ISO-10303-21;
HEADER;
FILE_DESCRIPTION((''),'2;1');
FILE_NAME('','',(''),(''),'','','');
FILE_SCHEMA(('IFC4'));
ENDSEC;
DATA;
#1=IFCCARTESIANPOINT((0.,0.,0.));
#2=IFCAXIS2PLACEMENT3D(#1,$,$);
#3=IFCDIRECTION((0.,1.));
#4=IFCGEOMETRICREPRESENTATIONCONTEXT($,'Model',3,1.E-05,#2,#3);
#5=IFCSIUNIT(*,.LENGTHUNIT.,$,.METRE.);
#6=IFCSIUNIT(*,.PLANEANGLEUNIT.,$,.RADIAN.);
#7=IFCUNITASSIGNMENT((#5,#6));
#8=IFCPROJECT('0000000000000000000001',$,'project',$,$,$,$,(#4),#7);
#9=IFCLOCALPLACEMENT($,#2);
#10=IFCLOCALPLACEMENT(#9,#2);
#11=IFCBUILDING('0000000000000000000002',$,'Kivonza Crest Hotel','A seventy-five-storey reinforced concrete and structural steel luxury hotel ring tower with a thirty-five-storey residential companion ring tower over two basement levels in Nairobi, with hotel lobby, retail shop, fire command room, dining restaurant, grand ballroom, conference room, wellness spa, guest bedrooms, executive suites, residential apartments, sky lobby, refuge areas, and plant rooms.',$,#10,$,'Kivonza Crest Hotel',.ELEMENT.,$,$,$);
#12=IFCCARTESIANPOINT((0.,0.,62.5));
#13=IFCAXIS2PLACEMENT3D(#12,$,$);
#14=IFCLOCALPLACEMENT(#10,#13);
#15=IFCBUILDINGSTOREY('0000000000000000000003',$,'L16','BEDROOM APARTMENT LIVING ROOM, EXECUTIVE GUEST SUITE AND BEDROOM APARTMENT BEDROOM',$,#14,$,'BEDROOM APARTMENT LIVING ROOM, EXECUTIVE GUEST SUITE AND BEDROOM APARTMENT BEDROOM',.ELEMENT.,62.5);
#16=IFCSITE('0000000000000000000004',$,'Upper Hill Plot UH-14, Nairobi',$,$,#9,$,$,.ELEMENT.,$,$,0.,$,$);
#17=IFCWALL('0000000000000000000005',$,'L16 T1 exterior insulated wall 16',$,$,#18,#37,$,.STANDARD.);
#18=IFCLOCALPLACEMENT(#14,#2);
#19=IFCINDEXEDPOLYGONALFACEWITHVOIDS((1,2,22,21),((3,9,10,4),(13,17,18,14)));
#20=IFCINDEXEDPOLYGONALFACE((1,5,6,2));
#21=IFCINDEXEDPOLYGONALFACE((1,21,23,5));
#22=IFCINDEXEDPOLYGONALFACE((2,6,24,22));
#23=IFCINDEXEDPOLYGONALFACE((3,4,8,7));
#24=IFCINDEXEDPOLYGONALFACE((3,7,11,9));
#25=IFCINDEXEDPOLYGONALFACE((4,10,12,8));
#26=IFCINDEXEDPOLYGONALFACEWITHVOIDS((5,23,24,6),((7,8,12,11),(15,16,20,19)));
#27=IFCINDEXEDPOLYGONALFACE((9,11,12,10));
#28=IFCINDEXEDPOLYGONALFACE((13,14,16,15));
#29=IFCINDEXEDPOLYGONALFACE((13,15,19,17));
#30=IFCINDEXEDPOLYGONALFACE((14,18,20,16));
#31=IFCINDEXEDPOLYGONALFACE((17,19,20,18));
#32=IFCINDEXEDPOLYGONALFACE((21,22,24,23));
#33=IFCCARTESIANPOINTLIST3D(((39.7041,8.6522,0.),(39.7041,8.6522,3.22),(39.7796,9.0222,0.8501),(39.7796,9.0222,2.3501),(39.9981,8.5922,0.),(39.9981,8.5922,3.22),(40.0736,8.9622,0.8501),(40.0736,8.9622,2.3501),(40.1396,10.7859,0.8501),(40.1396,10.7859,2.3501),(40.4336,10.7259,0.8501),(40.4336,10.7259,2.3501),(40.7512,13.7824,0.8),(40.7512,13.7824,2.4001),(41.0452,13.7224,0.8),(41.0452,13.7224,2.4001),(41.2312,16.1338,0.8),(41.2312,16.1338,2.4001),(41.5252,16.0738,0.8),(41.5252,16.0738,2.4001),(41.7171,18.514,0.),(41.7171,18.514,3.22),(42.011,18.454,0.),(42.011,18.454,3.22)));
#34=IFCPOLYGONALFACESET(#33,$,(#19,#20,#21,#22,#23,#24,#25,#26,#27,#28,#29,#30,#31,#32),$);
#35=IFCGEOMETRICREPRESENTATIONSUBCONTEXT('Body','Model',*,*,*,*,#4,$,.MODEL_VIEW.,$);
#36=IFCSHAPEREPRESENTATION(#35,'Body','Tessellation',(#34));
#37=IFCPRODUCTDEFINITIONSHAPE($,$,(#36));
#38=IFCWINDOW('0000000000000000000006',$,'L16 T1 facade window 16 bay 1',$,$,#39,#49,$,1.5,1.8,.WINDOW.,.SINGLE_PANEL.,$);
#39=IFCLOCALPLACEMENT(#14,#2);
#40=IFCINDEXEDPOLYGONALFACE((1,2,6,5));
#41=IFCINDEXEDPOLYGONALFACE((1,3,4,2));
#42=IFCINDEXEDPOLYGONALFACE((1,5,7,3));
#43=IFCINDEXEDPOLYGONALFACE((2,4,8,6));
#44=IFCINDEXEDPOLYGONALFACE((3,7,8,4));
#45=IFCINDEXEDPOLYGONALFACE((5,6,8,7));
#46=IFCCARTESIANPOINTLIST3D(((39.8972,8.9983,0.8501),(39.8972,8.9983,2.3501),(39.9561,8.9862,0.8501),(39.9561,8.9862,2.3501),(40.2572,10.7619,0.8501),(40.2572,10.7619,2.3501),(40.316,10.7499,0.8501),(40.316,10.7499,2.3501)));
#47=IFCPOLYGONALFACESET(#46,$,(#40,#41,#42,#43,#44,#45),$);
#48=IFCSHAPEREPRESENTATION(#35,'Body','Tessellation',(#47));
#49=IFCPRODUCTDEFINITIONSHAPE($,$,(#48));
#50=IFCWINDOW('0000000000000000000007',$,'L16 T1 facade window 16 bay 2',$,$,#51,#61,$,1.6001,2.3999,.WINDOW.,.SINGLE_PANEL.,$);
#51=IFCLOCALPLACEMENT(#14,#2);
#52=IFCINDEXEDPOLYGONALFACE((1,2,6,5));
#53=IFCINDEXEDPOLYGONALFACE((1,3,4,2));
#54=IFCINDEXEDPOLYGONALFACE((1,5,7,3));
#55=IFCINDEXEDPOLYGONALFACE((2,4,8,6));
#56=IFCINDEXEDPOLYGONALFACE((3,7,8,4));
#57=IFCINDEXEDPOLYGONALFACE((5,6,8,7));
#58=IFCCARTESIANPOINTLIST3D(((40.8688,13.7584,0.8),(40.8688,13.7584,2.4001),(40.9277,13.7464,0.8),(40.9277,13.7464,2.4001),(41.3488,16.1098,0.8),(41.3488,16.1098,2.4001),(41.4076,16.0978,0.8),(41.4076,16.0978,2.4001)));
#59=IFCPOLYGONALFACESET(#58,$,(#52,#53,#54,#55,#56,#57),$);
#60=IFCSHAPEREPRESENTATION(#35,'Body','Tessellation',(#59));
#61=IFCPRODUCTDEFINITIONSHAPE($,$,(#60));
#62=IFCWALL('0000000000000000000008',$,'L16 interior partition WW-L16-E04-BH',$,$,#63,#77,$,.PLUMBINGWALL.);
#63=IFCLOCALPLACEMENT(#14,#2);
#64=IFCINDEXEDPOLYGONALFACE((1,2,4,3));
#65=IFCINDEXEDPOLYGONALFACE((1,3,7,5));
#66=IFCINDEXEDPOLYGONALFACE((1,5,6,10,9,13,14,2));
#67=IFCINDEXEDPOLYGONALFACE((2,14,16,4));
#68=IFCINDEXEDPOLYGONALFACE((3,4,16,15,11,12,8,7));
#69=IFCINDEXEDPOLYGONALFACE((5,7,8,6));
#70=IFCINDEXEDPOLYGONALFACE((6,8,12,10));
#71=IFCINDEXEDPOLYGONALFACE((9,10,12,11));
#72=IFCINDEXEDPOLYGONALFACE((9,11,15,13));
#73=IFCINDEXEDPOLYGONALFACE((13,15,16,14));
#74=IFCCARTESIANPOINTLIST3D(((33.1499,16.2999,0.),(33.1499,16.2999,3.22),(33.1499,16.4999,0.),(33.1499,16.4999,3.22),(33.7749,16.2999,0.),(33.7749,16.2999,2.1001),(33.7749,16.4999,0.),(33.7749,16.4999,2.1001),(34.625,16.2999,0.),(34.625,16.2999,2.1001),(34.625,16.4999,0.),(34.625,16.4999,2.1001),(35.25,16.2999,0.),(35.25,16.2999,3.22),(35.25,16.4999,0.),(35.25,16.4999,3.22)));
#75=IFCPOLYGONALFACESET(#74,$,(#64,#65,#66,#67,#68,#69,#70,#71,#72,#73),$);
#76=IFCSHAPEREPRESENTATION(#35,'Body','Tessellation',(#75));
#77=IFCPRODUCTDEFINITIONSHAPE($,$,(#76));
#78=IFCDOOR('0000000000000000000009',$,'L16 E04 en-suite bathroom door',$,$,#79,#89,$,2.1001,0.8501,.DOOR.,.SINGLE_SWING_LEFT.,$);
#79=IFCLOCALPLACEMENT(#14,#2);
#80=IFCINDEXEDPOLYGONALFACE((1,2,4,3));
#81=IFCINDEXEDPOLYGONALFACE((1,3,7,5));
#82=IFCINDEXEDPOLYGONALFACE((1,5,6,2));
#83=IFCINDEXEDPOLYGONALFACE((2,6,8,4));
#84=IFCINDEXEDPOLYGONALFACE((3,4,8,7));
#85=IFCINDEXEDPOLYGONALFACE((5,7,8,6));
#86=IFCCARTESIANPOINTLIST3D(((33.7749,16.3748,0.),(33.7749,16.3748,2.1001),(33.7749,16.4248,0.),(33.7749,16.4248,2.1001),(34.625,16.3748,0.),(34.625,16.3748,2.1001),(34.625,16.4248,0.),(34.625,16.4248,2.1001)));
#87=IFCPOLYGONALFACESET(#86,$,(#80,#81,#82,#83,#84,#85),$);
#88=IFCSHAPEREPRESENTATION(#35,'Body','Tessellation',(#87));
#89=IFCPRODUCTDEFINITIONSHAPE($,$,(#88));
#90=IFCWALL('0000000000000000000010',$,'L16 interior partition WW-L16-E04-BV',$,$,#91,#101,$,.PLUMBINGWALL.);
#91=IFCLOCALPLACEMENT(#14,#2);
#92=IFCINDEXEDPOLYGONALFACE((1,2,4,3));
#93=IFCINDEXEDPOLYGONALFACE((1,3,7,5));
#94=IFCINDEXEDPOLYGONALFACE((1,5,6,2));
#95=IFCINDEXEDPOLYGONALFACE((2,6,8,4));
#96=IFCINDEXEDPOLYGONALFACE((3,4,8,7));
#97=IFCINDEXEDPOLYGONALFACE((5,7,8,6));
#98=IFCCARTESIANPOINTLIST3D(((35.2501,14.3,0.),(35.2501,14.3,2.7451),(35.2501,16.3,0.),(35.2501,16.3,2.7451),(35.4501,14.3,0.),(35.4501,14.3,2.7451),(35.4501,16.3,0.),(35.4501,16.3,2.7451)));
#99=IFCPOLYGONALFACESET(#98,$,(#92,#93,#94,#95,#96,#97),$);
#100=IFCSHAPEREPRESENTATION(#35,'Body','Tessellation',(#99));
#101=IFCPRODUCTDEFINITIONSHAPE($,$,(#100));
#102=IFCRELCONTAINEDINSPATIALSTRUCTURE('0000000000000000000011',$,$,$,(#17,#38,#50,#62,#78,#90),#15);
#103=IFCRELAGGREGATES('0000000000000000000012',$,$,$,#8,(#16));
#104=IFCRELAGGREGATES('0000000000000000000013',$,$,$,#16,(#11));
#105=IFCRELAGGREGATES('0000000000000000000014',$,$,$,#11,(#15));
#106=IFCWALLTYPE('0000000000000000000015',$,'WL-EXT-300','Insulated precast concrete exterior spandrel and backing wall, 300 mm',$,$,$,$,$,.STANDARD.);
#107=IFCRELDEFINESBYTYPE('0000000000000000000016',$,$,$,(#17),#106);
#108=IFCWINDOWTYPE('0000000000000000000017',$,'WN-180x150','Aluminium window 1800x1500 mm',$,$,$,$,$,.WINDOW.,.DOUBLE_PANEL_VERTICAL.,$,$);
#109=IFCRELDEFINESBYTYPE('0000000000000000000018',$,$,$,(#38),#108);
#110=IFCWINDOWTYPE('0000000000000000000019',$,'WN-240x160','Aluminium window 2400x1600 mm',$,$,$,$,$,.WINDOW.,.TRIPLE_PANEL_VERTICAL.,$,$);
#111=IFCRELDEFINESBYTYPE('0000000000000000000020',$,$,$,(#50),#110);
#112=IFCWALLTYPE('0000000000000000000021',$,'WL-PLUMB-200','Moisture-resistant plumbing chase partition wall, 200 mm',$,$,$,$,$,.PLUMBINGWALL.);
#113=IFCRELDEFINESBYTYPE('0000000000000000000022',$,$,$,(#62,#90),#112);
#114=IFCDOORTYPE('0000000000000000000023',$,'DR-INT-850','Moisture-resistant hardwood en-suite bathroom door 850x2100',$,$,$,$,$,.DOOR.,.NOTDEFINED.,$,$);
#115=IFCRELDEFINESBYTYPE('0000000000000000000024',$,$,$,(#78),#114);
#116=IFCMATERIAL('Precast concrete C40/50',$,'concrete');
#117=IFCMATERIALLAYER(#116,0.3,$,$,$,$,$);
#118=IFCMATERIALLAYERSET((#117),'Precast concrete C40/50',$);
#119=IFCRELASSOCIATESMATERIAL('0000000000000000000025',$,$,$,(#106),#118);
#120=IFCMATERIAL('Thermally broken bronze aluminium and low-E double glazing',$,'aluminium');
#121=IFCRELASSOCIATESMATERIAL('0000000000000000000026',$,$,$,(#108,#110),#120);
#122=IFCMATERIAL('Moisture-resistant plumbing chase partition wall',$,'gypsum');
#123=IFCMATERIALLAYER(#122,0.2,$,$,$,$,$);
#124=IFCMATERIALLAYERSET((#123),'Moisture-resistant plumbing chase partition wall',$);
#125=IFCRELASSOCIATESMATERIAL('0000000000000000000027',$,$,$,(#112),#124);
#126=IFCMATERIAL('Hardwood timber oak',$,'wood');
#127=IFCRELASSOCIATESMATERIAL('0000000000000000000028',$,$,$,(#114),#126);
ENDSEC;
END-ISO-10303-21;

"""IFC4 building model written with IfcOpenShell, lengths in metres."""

from ifc_helpers import new_model, si_unit, direction, frame, frame_2d, origin, place, context, subcontext, project, spatial, rectangle, extrude, material, layer, layer_set, type_object, element, fill, save


model = new_model("IFC4")

# Units and contexts
model_context = context("Model", 3, precision=1e-05, world=origin(), true_north=direction((0.0, 1.0)))
body_context = subcontext(model_context, "Body", "Model", "MODEL_VIEW")
ifc_project = project(units=[si_unit("LENGTHUNIT", "METRE"), si_unit("PLANEANGLEUNIT", "RADIAN")], contexts=[model_context])

# Site, building, storey
site_placement = place(None, origin())
site = spatial("IfcSite", under=ifc_project, at=site_placement, Name="Upper Hill Plot UH-14, Nairobi", CompositionType="ELEMENT", RefElevation=0.0)
building_placement = place(site_placement, origin())
building = spatial("IfcBuilding", under=site, at=building_placement, Name="Kivonza Crest Hotel", Description="A seventy-five-storey reinforced concrete and structural steel luxury hotel ring tower with a thirty-five-storey residential companion ring tower over two basement levels in Nairobi, with hotel lobby, retail shop, fire command room, dining restaurant, grand ballroom, conference room, wellness spa, guest bedrooms, executive suites, residential apartments, sky lobby, refuge areas, and plant rooms.", LongName="Kivonza Crest Hotel", CompositionType="ELEMENT")
storey_placement = place(building_placement, frame((0.0, 0.0, 62.5)))
storey = spatial("IfcBuildingStorey", under=building, at=storey_placement, Name="L16", Description="BEDROOM APARTMENT LIVING ROOM, EXECUTIVE GUEST SUITE AND BEDROOM APARTMENT BEDROOM", LongName="BEDROOM APARTMENT LIVING ROOM, EXECUTIVE GUEST SUITE AND BEDROOM APARTMENT BEDROOM", CompositionType="ELEMENT", Elevation=62.5)

# Shared definitions
ifc_material_1 = material(Name="Hardwood timber oak", Category="wood")

# Shared definitions
ifc_material_2 = material(Name="Precast concrete C40/50", Category="concrete")
ifc_layer_1 = layer(ifc_material_2, 0.3)
ifc_layer_set_1 = layer_set([ifc_layer_1], Name="Precast concrete C40/50")
wall_type_1 = type_object("IfcWallType", Name="WL-EXT-300", Description="Insulated precast concrete exterior spandrel and backing wall, 300 mm", PredefinedType="STANDARD", material=ifc_layer_set_1)

# Wall, openings, windows
wall_1_placement = place(storey_placement, frame((39.8511, 8.6221, 0.0), z_axis=(0.0, 0.0, 1.0), x_axis=(0.199991, 0.979798, 0.0)))
wall_1 = element("IfcWall", 1, at=wall_1_placement, inside=storey, type_object=wall_type_1, Name="L16 T1 exterior insulated wall 16", PredefinedType="STANDARD", context=body_context, shape_type="SweptSolid", body=[
    extrude(rectangle(XDim=10.0652, YDim=0.3, at=frame_2d((5.0327, 0.0))), origin(), (0.0, 0.0, 1.0), 3.22),
])
opening_1_placement = place(wall_1_placement, frame((0.3779, 0.0, 0.8501)))
opening_1 = element("IfcOpeningElement", 2, at=opening_1_placement, cuts=wall_1, PredefinedType="OPENING", context=body_context, shape_type="SweptSolid", body=[
    extrude(rectangle(XDim=1.8, YDim=1.5, at=frame_2d((0.8999, 0.75))), frame((0.0, 0.1602, 0.0), z_axis=(0.0, -1.0, 0.0), x_axis=(1.0, 0.0, 0.0)), (0.0, 0.0, 1.0), 0.3201),
])
opening_2_placement = place(wall_1_placement, frame((5.2361, 0.0, 0.8)))
opening_2 = element("IfcOpeningElement", 3, at=opening_2_placement, cuts=wall_1, PredefinedType="OPENING", context=body_context, shape_type="SweptSolid", body=[
    extrude(rectangle(XDim=2.3999, YDim=1.6001, at=frame_2d((1.2, 0.8))), frame((0.0, 0.1602, 0.0), z_axis=(0.0, -1.0, 0.0), x_axis=(1.0, 0.0, 0.0)), (0.0, 0.0, 1.0), 0.3201),
])
ifc_material_3 = material(Name="Thermally broken bronze aluminium and low-E double glazing", Category="aluminium")
window_type_1 = type_object("IfcWindowType", Name="WN-180x150", Description="Aluminium window 1800x1500 mm", PartitioningType="DOUBLE_PANEL_VERTICAL", PredefinedType="WINDOW", material=ifc_material_3)
window_1_placement = place(opening_1_placement, origin())
window_1 = element("IfcWindow", 4, at=window_1_placement, inside=storey, type_object=window_type_1, Name="L16 T1 facade window 16 bay 1", OverallHeight=1.5, OverallWidth=1.8, PartitioningType="SINGLE_PANEL", PredefinedType="WINDOW", context=body_context, shape_type="SweptSolid", body=[
    extrude(rectangle(XDim=1.8, YDim=1.5, at=frame_2d((0.8999, 0.75))), frame((0.0, 0.03, 0.0), z_axis=(0.0, -1.0, 0.0), x_axis=(1.0, 0.0, 0.0)), (0.0, 0.0, 1.0), 0.0601),
])
fill(opening_1, window_1)
window_type_2 = type_object("IfcWindowType", Name="WN-240x160", Description="Aluminium window 2400x1600 mm", PartitioningType="TRIPLE_PANEL_VERTICAL", PredefinedType="WINDOW", material=ifc_material_3)
window_2_placement = place(opening_2_placement, origin())
window_2 = element("IfcWindow", 5, at=window_2_placement, inside=storey, type_object=window_type_2, Name="L16 T1 facade window 16 bay 2", OverallHeight=1.6001, OverallWidth=2.3999, PartitioningType="SINGLE_PANEL", PredefinedType="WINDOW", context=body_context, shape_type="SweptSolid", body=[
    extrude(rectangle(XDim=2.3999, YDim=1.6001, at=frame_2d((1.2, 0.8))), frame((0.0, 0.03, 0.0), z_axis=(0.0, -1.0, 0.0), x_axis=(1.0, 0.0, 0.0)), (0.0, 0.0, 1.0), 0.0601),
])
fill(opening_2, window_2)

# Wall, opening, door
ifc_material_4 = material(Name="Moisture-resistant plumbing chase partition wall", Category="gypsum")
ifc_layer_2 = layer(ifc_material_4, 0.2)
ifc_layer_set_2 = layer_set([ifc_layer_2], Name="Moisture-resistant plumbing chase partition wall")
wall_type_2 = type_object("IfcWallType", Name="WL-PLUMB-200", Description="Moisture-resistant plumbing chase partition wall, 200 mm", PredefinedType="PLUMBINGWALL", material=ifc_layer_set_2)
wall_2_placement = place(storey_placement, frame((33.1499, 16.3999, 0.0), z_axis=(0.0, 0.0, 1.0), x_axis=(1.0, 0.0, 0.0)))
wall_2 = element("IfcWall", 6, at=wall_2_placement, inside=storey, type_object=wall_type_2, Name="L16 interior partition WW-L16-E04-BH", PredefinedType="PLUMBINGWALL", context=body_context, shape_type="SweptSolid", body=[
    extrude(rectangle(XDim=2.1001, YDim=0.2, at=frame_2d((1.05, 0.0))), origin(), (0.0, 0.0, 1.0), 3.22),
])
opening_3_placement = place(wall_2_placement, frame((0.625, 0.0, 0.0)))
opening_3 = element("IfcOpeningElement", 7, at=opening_3_placement, cuts=wall_2, PredefinedType="OPENING", context=body_context, shape_type="SweptSolid", body=[
    extrude(rectangle(XDim=0.8501, YDim=2.1001, at=frame_2d((0.425, 1.05))), frame((0.0, 0.1099, 0.0), z_axis=(0.0, -1.0, 0.0), x_axis=(1.0, 0.0, 0.0)), (0.0, 0.0, 1.0), 0.22),
])
door_type_1 = type_object("IfcDoorType", Name="DR-INT-850", Description="Moisture-resistant hardwood en-suite bathroom door 850x2100", OperationType="NOTDEFINED", PredefinedType="DOOR", material=ifc_material_1)
door_1_placement = place(opening_3_placement, origin())
door_1 = element("IfcDoor", 8, at=door_1_placement, inside=storey, type_object=door_type_1, Name="L16 E04 en-suite bathroom door", OperationType="SINGLE_SWING_LEFT", OverallHeight=2.1001, OverallWidth=0.8501, PredefinedType="DOOR", context=body_context, shape_type="SweptSolid", body=[
    extrude(rectangle(XDim=0.8501, YDim=2.1001, at=frame_2d((0.425, 1.05))), frame((0.0, 0.0249, 0.0), z_axis=(0.0, -1.0, 0.0), x_axis=(1.0, 0.0, 0.0)), (0.0, 0.0, 1.0), 0.05),
])
fill(opening_3, door_1)

# Wall
wall_3_placement = place(storey_placement, frame((35.3501, 14.3, 0.0), z_axis=(0.0, 0.0, 1.0), x_axis=(0.0, 1.0, 0.0)))
element("IfcWall", 9, at=wall_3_placement, inside=storey, type_object=wall_type_2, Name="L16 interior partition WW-L16-E04-BV", PredefinedType="PLUMBINGWALL", context=body_context, shape_type="SweptSolid", body=[
    extrude(rectangle(XDim=2.0, YDim=0.2, at=frame_2d((1.0, 0.0))), origin(), (0.0, 0.0, 1.0), 2.7451),
])

save(model, "model.ifc")
